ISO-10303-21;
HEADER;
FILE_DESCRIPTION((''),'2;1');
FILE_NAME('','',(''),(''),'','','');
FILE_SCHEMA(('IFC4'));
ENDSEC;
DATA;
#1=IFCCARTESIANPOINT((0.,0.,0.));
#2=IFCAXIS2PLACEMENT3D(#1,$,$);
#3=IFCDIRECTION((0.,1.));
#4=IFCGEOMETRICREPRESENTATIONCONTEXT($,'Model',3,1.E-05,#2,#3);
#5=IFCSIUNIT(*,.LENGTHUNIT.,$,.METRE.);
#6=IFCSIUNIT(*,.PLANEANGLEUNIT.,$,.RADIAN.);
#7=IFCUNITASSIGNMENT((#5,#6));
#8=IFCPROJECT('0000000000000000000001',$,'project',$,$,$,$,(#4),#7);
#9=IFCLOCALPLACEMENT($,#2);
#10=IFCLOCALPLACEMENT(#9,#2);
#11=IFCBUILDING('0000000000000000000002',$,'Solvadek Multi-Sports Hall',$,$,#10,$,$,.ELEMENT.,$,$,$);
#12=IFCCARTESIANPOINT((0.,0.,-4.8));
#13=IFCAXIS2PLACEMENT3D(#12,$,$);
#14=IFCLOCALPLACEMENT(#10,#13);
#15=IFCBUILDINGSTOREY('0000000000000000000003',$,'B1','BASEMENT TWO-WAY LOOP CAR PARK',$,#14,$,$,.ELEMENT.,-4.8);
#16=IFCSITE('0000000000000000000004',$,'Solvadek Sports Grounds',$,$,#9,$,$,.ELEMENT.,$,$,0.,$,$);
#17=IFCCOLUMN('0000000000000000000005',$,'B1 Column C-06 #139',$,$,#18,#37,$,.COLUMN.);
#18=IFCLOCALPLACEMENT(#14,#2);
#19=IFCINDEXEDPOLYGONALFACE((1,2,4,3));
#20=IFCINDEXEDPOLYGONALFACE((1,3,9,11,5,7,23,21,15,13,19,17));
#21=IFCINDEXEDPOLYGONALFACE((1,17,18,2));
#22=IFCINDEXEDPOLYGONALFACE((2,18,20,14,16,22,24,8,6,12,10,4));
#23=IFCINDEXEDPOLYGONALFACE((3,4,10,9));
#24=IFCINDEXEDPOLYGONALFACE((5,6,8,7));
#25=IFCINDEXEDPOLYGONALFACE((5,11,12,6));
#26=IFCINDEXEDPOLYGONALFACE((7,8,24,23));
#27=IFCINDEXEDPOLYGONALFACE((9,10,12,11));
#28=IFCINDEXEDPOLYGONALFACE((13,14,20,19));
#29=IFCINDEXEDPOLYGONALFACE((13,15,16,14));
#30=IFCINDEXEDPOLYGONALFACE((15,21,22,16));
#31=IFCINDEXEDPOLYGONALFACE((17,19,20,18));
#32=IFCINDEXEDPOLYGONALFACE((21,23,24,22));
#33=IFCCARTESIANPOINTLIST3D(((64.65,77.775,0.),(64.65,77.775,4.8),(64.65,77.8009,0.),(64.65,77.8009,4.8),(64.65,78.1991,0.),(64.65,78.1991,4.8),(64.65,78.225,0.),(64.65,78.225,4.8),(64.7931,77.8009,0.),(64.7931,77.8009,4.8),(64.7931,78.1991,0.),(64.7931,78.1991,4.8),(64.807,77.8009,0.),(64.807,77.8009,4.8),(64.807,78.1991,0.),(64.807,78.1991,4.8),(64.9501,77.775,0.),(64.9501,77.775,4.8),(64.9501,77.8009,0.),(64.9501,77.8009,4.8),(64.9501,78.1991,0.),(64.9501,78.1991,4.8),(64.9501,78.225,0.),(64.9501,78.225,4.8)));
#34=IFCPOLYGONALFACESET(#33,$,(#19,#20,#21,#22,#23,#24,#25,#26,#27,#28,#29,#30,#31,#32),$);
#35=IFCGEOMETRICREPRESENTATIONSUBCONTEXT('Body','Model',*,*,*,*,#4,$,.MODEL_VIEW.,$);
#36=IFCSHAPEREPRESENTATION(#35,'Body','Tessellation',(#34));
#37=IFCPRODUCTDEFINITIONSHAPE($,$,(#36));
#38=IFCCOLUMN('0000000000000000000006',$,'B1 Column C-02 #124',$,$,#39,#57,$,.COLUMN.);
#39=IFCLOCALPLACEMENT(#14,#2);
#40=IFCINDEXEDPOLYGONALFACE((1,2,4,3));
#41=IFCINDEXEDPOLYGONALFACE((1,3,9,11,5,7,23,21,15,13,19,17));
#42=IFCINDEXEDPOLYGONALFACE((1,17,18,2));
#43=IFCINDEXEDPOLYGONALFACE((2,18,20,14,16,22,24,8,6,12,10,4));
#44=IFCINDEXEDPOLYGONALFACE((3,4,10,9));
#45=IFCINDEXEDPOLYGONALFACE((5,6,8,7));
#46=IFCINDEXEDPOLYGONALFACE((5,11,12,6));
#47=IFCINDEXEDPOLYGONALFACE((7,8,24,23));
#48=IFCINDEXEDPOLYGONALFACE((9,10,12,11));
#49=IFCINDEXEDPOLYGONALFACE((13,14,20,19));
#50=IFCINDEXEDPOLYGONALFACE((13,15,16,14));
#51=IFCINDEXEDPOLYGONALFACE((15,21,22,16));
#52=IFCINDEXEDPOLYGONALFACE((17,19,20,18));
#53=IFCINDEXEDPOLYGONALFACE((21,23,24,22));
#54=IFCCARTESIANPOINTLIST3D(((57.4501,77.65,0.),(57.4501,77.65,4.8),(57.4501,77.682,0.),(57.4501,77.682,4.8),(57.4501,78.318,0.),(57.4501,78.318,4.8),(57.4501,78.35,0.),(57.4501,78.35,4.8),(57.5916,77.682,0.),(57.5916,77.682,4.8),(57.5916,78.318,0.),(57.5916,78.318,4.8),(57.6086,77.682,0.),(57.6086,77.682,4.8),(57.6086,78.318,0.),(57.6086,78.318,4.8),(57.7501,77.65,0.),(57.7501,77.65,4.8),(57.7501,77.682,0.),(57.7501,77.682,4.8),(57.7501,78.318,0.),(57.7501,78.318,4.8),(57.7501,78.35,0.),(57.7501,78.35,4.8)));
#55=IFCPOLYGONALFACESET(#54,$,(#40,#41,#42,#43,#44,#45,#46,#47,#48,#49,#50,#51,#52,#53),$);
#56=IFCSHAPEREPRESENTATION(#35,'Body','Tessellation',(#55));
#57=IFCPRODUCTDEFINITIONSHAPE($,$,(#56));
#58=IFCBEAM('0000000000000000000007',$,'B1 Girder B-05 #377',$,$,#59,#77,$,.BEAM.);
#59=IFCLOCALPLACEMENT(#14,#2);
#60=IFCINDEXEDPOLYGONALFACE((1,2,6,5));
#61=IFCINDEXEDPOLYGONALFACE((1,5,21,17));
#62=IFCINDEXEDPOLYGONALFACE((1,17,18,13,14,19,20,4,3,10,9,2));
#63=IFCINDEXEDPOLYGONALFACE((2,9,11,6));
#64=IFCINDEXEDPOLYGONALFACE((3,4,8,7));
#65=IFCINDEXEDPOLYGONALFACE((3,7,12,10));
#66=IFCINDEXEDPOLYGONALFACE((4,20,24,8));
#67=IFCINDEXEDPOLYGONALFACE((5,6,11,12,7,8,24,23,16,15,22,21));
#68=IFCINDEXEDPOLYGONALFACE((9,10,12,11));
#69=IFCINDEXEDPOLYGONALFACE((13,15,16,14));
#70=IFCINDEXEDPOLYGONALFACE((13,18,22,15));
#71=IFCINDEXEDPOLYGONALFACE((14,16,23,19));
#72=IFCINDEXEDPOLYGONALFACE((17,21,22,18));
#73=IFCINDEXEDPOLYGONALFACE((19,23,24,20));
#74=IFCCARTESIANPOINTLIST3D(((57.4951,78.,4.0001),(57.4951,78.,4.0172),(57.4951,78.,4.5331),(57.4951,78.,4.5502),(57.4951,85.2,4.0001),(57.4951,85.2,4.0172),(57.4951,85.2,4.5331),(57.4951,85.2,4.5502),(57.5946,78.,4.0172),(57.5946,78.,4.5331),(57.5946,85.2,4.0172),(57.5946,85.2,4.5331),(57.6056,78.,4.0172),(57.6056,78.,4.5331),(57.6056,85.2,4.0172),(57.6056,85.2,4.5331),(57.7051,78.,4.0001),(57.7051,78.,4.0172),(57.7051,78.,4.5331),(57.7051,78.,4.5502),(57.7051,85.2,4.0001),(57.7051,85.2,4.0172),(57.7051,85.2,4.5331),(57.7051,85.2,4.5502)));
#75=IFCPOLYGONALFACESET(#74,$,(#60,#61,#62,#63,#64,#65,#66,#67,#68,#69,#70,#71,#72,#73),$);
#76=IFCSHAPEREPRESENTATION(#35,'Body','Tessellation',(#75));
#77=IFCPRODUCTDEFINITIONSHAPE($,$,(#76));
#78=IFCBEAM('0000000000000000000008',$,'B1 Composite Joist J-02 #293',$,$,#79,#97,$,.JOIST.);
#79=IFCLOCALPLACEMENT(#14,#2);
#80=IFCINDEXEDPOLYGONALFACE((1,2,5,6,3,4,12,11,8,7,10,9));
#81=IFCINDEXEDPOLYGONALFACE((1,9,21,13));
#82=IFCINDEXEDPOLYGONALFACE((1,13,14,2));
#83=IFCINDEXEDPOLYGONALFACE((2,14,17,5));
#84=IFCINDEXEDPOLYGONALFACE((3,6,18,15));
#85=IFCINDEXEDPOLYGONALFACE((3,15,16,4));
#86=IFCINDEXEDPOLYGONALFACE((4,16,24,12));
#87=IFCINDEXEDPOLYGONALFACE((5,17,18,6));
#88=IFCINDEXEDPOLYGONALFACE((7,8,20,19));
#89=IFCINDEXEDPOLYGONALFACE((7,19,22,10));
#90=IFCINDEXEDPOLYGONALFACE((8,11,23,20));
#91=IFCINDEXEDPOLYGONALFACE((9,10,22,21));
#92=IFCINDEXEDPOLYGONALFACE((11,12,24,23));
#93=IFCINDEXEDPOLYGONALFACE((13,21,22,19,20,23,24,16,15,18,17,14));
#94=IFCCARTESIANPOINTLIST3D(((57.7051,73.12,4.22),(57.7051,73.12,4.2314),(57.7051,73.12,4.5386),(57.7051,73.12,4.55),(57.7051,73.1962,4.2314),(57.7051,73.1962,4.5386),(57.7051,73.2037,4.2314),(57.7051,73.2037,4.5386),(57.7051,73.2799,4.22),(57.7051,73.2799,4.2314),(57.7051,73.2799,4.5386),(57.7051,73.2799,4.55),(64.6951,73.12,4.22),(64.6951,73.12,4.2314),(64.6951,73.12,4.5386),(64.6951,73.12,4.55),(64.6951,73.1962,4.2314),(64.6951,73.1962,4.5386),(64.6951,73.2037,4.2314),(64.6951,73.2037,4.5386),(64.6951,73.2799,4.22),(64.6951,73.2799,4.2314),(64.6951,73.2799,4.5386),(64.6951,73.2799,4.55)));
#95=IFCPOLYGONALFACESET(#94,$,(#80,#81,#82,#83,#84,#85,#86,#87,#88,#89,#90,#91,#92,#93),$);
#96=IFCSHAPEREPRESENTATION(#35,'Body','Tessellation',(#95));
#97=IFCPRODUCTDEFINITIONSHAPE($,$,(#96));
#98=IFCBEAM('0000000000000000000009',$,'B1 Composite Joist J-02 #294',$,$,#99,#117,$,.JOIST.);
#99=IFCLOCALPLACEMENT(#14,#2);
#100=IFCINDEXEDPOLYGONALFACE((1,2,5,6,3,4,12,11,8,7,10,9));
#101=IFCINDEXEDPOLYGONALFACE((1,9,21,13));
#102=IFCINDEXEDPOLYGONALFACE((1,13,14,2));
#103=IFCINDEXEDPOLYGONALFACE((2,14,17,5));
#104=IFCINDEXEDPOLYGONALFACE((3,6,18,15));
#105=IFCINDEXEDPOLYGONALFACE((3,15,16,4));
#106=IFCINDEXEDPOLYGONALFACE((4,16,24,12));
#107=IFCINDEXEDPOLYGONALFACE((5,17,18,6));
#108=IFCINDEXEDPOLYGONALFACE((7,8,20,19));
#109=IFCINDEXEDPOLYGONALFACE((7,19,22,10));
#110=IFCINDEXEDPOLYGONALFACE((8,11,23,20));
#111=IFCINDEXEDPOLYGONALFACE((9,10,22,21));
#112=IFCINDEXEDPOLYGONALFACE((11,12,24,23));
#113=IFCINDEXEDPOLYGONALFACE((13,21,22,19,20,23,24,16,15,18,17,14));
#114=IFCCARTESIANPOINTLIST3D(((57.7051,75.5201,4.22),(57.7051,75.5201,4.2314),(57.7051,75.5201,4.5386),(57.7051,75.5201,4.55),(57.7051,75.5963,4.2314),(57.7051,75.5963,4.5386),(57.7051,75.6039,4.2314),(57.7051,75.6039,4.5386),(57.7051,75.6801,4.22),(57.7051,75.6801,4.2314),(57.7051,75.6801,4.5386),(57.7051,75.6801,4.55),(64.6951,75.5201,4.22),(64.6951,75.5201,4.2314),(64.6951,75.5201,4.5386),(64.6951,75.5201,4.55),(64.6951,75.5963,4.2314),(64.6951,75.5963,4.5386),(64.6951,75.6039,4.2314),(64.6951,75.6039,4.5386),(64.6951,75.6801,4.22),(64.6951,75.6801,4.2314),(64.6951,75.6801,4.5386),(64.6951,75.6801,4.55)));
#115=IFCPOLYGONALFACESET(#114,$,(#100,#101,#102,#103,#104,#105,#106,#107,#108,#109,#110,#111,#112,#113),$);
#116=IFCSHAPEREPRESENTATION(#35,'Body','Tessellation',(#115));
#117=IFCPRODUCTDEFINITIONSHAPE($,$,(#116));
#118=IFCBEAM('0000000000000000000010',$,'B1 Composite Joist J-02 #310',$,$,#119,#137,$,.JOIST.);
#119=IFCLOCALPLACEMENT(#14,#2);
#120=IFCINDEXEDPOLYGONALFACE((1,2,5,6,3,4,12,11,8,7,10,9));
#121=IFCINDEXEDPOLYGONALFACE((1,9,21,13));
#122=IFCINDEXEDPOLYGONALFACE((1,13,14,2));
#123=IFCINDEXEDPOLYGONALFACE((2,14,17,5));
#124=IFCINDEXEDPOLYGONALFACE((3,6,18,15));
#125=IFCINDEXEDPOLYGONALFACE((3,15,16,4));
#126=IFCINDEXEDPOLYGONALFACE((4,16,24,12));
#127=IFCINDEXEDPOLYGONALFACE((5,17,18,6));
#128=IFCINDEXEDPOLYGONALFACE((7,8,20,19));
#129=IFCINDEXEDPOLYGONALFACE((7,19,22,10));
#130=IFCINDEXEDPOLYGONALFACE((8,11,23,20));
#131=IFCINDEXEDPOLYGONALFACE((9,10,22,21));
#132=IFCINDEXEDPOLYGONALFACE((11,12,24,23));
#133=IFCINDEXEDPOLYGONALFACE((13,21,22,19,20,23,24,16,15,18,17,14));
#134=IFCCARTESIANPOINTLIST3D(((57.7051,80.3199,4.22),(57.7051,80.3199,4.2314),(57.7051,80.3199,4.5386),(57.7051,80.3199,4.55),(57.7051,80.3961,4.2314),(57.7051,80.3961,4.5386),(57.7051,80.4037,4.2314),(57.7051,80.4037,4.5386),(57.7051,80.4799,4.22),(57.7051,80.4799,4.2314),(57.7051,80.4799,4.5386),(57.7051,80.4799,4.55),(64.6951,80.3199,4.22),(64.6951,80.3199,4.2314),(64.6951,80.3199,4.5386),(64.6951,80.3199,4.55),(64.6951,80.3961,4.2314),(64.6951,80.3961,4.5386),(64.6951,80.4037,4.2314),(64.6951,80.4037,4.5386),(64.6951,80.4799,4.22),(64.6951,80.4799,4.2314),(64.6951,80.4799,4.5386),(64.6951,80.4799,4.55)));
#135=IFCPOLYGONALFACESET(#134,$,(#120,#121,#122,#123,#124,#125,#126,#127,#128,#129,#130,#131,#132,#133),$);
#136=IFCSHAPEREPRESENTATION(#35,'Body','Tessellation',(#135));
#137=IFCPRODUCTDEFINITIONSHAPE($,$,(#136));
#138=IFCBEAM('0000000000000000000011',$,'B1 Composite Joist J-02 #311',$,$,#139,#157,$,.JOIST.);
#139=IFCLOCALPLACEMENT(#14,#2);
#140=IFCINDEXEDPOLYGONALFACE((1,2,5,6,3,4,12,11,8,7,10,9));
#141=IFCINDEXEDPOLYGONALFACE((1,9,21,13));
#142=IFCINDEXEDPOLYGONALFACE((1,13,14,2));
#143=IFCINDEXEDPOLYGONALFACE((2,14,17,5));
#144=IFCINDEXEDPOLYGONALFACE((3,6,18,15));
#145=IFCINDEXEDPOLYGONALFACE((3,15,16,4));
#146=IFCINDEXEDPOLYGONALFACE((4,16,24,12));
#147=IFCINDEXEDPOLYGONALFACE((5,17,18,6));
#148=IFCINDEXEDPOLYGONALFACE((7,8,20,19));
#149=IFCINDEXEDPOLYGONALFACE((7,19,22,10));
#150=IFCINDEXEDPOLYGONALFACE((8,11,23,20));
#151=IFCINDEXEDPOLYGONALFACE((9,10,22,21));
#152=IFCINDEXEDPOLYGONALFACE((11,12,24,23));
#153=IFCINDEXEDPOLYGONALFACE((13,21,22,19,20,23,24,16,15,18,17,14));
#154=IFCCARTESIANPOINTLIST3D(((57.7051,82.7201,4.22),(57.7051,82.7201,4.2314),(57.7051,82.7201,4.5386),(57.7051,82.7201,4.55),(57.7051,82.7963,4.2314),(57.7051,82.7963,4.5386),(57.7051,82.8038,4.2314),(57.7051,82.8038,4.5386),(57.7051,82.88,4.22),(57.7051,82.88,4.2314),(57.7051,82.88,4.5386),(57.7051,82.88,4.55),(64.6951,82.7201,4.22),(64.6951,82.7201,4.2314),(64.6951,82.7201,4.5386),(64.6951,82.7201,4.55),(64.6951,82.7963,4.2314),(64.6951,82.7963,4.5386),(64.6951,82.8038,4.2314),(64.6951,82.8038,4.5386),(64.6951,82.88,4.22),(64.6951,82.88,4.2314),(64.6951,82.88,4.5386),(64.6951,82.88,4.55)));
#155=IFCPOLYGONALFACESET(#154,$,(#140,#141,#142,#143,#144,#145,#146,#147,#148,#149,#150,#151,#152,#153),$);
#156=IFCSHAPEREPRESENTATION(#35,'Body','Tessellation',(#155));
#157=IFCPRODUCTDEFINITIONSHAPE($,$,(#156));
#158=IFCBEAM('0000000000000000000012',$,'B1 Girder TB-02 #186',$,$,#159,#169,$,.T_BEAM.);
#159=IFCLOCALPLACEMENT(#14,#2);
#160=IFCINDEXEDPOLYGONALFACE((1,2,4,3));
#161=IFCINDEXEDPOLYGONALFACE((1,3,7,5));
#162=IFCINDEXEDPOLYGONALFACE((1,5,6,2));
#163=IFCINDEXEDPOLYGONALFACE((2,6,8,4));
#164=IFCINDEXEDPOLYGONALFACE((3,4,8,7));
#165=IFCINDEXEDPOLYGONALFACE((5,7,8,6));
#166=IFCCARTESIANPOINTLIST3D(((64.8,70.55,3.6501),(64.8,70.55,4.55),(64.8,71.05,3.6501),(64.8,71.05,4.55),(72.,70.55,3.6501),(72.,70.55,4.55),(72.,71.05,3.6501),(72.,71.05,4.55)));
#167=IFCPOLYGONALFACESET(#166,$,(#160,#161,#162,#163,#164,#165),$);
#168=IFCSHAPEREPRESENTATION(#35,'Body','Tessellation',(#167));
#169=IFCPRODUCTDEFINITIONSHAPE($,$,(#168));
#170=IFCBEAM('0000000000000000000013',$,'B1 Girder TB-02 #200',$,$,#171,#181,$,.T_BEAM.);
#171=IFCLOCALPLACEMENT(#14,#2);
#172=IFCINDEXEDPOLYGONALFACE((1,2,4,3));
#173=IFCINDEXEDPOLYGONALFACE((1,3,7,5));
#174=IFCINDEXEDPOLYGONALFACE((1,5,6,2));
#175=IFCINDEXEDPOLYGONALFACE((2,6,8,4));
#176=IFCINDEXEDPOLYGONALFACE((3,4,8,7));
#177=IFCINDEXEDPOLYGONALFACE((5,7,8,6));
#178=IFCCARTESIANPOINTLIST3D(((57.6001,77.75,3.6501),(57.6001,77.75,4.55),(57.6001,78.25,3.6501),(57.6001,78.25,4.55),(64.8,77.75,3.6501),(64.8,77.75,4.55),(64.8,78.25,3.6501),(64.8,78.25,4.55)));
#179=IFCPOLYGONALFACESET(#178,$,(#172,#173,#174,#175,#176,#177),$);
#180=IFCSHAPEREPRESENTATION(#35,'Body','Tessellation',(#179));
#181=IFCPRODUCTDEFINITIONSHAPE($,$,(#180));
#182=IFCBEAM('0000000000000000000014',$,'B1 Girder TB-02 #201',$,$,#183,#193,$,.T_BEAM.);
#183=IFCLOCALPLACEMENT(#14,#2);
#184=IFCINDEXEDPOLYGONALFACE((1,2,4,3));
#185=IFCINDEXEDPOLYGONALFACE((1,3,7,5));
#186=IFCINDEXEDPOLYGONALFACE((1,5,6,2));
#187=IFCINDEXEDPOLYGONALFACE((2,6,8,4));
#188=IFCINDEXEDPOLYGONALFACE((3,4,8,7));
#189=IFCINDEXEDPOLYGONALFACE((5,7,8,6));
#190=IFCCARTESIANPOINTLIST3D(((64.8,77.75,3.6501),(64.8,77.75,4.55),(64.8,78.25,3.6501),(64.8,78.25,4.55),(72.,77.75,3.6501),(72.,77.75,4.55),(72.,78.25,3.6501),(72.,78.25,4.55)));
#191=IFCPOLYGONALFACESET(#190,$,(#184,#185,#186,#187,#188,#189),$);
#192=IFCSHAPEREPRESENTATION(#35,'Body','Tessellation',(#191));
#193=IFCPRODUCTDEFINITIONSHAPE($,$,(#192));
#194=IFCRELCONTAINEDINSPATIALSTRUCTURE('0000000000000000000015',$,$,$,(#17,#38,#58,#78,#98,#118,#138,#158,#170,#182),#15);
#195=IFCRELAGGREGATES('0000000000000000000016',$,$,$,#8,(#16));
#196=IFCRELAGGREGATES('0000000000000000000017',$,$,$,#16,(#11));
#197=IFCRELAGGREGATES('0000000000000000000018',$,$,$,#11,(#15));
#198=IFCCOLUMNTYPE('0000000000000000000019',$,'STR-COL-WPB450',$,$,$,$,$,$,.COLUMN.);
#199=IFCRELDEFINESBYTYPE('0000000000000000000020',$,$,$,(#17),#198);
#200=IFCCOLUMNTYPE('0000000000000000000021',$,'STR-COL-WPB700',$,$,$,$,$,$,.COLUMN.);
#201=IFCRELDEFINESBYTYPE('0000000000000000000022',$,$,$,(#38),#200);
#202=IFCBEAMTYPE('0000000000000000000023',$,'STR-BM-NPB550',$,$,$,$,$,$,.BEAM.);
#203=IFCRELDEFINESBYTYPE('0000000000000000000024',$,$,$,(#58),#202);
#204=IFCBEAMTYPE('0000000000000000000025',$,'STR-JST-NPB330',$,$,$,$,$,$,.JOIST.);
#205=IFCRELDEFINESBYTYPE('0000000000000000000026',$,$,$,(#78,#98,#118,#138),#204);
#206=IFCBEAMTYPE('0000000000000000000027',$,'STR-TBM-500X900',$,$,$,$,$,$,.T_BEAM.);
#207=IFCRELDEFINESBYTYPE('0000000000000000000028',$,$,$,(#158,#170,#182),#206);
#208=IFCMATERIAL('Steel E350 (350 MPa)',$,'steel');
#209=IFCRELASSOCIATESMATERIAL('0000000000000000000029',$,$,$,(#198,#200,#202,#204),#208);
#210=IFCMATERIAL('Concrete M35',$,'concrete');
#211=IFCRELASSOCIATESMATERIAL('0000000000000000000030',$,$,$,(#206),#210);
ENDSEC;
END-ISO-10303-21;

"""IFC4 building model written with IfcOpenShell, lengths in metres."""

from ifc_helpers import new_model, si_unit, direction, frame, origin, origin_2d, place, context, subcontext, project, spatial, rectangle, i_section, extrude, material, material_profile, profile_set, type_object, element, save


model = new_model("IFC4")

# Units and contexts
model_context = context("Model", 3, precision=1e-05, world=origin(), true_north=direction((0.0, 1.0)))
body_context = subcontext(model_context, "Body", "Model", "MODEL_VIEW")
ifc_project = project(units=[si_unit("LENGTHUNIT", "METRE"), si_unit("PLANEANGLEUNIT", "RADIAN")], contexts=[model_context])

# Site, building, storey
site_placement = place(None, origin())
site = spatial("IfcSite", under=ifc_project, at=site_placement, Name="Solvadek Sports Grounds", CompositionType="ELEMENT", RefElevation=0.0)
building_placement = place(site_placement, origin())
building = spatial("IfcBuilding", under=site, at=building_placement, Name="Solvadek Multi-Sports Hall", CompositionType="ELEMENT")
storey_placement = place(building_placement, frame((0.0, 0.0, -4.8)))
storey = spatial("IfcBuildingStorey", under=building, at=storey_placement, Name="B1", Description="BASEMENT TWO-WAY LOOP CAR PARK", CompositionType="ELEMENT", Elevation=-4.8)

# Shared definitions
ifc_material_1 = material(Name="Concrete M35", Category="concrete")

# Columns
ifc_material_2 = material(Name="Steel E350 (350 MPa)", Category="steel")
ifc_material_profile_1 = material_profile(ifc_material_2, i_section(OverallWidth=0.3, OverallDepth=0.45, WebThickness=0.0139, FlangeThickness=0.0259, at=origin_2d()), Name="WPB 450")
ifc_profile_set_1 = profile_set([ifc_material_profile_1], Name="Steel E350 (350 MPa)")
column_type_1 = type_object("IfcColumnType", Name="STR-COL-WPB450", PredefinedType="COLUMN", material=ifc_profile_set_1)
for number, where, z_axis, x_axis, name in (
    (1, (64.8, 78.0, 0.0), (0.0, 0.0, 1.0), (1.0, 0.0, 0.0), "B1 Column C-06 #139"),
):
    element("IfcColumn", number, at=place(storey_placement, frame(where, z_axis=z_axis, x_axis=x_axis)), inside=storey, type_object=column_type_1, Name=name, PredefinedType="COLUMN", context=body_context, shape_type="SweptSolid", body=[
        extrude(i_section(OverallWidth=0.3, OverallDepth=0.45, WebThickness=0.0139, FlangeThickness=0.0259, at=origin_2d()), origin(), (0.0, 0.0, 1.0), 4.8),
    ])
ifc_material_profile_2 = material_profile(ifc_material_2, i_section(OverallWidth=0.3, OverallDepth=0.7, WebThickness=0.0171, FlangeThickness=0.032, at=origin_2d()), Name="WPB 700")
ifc_profile_set_2 = profile_set([ifc_material_profile_2], Name="Steel E350 (350 MPa)")
column_type_2 = type_object("IfcColumnType", Name="STR-COL-WPB700", PredefinedType="COLUMN", material=ifc_profile_set_2)
column_placement = place(storey_placement, frame((57.6001, 78.0, 0.0), z_axis=(0.0, 0.0, 1.0), x_axis=(1.0, 0.0, 0.0)))
element("IfcColumn", 2, at=column_placement, inside=storey, type_object=column_type_2, Name="B1 Column C-02 #124", PredefinedType="COLUMN", context=body_context, shape_type="SweptSolid", body=[
    extrude(i_section(OverallWidth=0.3, OverallDepth=0.7, WebThickness=0.0171, FlangeThickness=0.032, at=origin_2d()), origin(), (0.0, 0.0, 1.0), 4.8),
])

# Beams
ifc_material_profile_3 = material_profile(ifc_material_2, i_section(OverallWidth=0.21, OverallDepth=0.55, WebThickness=0.011, FlangeThickness=0.0171, at=origin_2d()), Name="NPB 550")
ifc_profile_set_3 = profile_set([ifc_material_profile_3], Name="Steel E350 (350 MPa)")
beam_type_1 = type_object("IfcBeamType", Name="STR-BM-NPB550", PredefinedType="BEAM", material=ifc_profile_set_3)
beam_placement = place(storey_placement, frame((57.6001, 78.0, 4.2751), z_axis=(0.0, 1.0, 0.0), x_axis=(-1.0, 0.0, 0.0)))
element("IfcBeam", 3, at=beam_placement, inside=storey, type_object=beam_type_1, Name="B1 Girder B-05 #377", PredefinedType="BEAM", context=body_context, shape_type="SweptSolid", body=[
    extrude(i_section(OverallWidth=0.21, OverallDepth=0.55, WebThickness=0.011, FlangeThickness=0.0171, at=origin_2d()), origin(), (0.0, 0.0, 1.0), 7.2),
])
ifc_material_profile_4 = material_profile(ifc_material_2, i_section(OverallWidth=0.1599, OverallDepth=0.3301, WebThickness=0.0076, FlangeThickness=0.0115, at=origin_2d()), Name="NPB 330")
ifc_profile_set_4 = profile_set([ifc_material_profile_4], Name="Steel E350 (350 MPa)")
beam_type_2 = type_object("IfcBeamType", Name="STR-JST-NPB330", PredefinedType="JOIST", material=ifc_profile_set_4)
for number, where, z_axis, x_axis, name in (
    (4, (57.7051, 73.2, 4.385), (1.0, 0.0, 0.0), (0.0, 1.0, 0.0), "B1 Composite Joist J-02 #293"),
    (5, (57.7051, 75.6001, 4.385), (1.0, 0.0, 0.0), (0.0, 1.0, 0.0), "B1 Composite Joist J-02 #294"),
    (6, (57.7051, 80.3999, 4.385), (1.0, 0.0, 0.0), (0.0, 1.0, 0.0), "B1 Composite Joist J-02 #310"),
    (7, (57.7051, 82.8, 4.385), (1.0, 0.0, 0.0), (0.0, 1.0, 0.0), "B1 Composite Joist J-02 #311"),
):
    element("IfcBeam", number, at=place(storey_placement, frame(where, z_axis=z_axis, x_axis=x_axis)), inside=storey, type_object=beam_type_2, Name=name, PredefinedType="JOIST", context=body_context, shape_type="SweptSolid", body=[
        extrude(i_section(OverallWidth=0.1599, OverallDepth=0.3301, WebThickness=0.0076, FlangeThickness=0.0115, at=origin_2d()), origin(), (0.0, 0.0, 1.0), 6.99),
    ])
ifc_material_profile_5 = material_profile(ifc_material_1, rectangle(XDim=0.5, YDim=0.8999, at=origin_2d()), Name="RC T-BEAM 500x900")
ifc_profile_set_5 = profile_set([ifc_material_profile_5], Name="Concrete M35")
beam_type_3 = type_object("IfcBeamType", Name="STR-TBM-500X900", PredefinedType="T_BEAM", material=ifc_profile_set_5)
for number, where, z_axis, x_axis, name in (
    (8, (64.8, 70.8, 4.1001), (1.0, 0.0, 0.0), (0.0, 1.0, 0.0), "B1 Girder TB-02 #186"),
    (9, (57.6001, 78.0, 4.1001), (1.0, 0.0, 0.0), (0.0, 1.0, 0.0), "B1 Girder TB-02 #200"),
    (10, (64.8, 78.0, 4.1001), (1.0, 0.0, 0.0), (0.0, 1.0, 0.0), "B1 Girder TB-02 #201"),
):
    element("IfcBeam", number, at=place(storey_placement, frame(where, z_axis=z_axis, x_axis=x_axis)), inside=storey, type_object=beam_type_3, Name=name, PredefinedType="T_BEAM", context=body_context, shape_type="SweptSolid", body=[
        extrude(rectangle(XDim=0.5, YDim=0.8999, at=origin_2d()), origin(), (0.0, 0.0, 1.0), 7.2),
    ])

save(model, "model.ifc")
